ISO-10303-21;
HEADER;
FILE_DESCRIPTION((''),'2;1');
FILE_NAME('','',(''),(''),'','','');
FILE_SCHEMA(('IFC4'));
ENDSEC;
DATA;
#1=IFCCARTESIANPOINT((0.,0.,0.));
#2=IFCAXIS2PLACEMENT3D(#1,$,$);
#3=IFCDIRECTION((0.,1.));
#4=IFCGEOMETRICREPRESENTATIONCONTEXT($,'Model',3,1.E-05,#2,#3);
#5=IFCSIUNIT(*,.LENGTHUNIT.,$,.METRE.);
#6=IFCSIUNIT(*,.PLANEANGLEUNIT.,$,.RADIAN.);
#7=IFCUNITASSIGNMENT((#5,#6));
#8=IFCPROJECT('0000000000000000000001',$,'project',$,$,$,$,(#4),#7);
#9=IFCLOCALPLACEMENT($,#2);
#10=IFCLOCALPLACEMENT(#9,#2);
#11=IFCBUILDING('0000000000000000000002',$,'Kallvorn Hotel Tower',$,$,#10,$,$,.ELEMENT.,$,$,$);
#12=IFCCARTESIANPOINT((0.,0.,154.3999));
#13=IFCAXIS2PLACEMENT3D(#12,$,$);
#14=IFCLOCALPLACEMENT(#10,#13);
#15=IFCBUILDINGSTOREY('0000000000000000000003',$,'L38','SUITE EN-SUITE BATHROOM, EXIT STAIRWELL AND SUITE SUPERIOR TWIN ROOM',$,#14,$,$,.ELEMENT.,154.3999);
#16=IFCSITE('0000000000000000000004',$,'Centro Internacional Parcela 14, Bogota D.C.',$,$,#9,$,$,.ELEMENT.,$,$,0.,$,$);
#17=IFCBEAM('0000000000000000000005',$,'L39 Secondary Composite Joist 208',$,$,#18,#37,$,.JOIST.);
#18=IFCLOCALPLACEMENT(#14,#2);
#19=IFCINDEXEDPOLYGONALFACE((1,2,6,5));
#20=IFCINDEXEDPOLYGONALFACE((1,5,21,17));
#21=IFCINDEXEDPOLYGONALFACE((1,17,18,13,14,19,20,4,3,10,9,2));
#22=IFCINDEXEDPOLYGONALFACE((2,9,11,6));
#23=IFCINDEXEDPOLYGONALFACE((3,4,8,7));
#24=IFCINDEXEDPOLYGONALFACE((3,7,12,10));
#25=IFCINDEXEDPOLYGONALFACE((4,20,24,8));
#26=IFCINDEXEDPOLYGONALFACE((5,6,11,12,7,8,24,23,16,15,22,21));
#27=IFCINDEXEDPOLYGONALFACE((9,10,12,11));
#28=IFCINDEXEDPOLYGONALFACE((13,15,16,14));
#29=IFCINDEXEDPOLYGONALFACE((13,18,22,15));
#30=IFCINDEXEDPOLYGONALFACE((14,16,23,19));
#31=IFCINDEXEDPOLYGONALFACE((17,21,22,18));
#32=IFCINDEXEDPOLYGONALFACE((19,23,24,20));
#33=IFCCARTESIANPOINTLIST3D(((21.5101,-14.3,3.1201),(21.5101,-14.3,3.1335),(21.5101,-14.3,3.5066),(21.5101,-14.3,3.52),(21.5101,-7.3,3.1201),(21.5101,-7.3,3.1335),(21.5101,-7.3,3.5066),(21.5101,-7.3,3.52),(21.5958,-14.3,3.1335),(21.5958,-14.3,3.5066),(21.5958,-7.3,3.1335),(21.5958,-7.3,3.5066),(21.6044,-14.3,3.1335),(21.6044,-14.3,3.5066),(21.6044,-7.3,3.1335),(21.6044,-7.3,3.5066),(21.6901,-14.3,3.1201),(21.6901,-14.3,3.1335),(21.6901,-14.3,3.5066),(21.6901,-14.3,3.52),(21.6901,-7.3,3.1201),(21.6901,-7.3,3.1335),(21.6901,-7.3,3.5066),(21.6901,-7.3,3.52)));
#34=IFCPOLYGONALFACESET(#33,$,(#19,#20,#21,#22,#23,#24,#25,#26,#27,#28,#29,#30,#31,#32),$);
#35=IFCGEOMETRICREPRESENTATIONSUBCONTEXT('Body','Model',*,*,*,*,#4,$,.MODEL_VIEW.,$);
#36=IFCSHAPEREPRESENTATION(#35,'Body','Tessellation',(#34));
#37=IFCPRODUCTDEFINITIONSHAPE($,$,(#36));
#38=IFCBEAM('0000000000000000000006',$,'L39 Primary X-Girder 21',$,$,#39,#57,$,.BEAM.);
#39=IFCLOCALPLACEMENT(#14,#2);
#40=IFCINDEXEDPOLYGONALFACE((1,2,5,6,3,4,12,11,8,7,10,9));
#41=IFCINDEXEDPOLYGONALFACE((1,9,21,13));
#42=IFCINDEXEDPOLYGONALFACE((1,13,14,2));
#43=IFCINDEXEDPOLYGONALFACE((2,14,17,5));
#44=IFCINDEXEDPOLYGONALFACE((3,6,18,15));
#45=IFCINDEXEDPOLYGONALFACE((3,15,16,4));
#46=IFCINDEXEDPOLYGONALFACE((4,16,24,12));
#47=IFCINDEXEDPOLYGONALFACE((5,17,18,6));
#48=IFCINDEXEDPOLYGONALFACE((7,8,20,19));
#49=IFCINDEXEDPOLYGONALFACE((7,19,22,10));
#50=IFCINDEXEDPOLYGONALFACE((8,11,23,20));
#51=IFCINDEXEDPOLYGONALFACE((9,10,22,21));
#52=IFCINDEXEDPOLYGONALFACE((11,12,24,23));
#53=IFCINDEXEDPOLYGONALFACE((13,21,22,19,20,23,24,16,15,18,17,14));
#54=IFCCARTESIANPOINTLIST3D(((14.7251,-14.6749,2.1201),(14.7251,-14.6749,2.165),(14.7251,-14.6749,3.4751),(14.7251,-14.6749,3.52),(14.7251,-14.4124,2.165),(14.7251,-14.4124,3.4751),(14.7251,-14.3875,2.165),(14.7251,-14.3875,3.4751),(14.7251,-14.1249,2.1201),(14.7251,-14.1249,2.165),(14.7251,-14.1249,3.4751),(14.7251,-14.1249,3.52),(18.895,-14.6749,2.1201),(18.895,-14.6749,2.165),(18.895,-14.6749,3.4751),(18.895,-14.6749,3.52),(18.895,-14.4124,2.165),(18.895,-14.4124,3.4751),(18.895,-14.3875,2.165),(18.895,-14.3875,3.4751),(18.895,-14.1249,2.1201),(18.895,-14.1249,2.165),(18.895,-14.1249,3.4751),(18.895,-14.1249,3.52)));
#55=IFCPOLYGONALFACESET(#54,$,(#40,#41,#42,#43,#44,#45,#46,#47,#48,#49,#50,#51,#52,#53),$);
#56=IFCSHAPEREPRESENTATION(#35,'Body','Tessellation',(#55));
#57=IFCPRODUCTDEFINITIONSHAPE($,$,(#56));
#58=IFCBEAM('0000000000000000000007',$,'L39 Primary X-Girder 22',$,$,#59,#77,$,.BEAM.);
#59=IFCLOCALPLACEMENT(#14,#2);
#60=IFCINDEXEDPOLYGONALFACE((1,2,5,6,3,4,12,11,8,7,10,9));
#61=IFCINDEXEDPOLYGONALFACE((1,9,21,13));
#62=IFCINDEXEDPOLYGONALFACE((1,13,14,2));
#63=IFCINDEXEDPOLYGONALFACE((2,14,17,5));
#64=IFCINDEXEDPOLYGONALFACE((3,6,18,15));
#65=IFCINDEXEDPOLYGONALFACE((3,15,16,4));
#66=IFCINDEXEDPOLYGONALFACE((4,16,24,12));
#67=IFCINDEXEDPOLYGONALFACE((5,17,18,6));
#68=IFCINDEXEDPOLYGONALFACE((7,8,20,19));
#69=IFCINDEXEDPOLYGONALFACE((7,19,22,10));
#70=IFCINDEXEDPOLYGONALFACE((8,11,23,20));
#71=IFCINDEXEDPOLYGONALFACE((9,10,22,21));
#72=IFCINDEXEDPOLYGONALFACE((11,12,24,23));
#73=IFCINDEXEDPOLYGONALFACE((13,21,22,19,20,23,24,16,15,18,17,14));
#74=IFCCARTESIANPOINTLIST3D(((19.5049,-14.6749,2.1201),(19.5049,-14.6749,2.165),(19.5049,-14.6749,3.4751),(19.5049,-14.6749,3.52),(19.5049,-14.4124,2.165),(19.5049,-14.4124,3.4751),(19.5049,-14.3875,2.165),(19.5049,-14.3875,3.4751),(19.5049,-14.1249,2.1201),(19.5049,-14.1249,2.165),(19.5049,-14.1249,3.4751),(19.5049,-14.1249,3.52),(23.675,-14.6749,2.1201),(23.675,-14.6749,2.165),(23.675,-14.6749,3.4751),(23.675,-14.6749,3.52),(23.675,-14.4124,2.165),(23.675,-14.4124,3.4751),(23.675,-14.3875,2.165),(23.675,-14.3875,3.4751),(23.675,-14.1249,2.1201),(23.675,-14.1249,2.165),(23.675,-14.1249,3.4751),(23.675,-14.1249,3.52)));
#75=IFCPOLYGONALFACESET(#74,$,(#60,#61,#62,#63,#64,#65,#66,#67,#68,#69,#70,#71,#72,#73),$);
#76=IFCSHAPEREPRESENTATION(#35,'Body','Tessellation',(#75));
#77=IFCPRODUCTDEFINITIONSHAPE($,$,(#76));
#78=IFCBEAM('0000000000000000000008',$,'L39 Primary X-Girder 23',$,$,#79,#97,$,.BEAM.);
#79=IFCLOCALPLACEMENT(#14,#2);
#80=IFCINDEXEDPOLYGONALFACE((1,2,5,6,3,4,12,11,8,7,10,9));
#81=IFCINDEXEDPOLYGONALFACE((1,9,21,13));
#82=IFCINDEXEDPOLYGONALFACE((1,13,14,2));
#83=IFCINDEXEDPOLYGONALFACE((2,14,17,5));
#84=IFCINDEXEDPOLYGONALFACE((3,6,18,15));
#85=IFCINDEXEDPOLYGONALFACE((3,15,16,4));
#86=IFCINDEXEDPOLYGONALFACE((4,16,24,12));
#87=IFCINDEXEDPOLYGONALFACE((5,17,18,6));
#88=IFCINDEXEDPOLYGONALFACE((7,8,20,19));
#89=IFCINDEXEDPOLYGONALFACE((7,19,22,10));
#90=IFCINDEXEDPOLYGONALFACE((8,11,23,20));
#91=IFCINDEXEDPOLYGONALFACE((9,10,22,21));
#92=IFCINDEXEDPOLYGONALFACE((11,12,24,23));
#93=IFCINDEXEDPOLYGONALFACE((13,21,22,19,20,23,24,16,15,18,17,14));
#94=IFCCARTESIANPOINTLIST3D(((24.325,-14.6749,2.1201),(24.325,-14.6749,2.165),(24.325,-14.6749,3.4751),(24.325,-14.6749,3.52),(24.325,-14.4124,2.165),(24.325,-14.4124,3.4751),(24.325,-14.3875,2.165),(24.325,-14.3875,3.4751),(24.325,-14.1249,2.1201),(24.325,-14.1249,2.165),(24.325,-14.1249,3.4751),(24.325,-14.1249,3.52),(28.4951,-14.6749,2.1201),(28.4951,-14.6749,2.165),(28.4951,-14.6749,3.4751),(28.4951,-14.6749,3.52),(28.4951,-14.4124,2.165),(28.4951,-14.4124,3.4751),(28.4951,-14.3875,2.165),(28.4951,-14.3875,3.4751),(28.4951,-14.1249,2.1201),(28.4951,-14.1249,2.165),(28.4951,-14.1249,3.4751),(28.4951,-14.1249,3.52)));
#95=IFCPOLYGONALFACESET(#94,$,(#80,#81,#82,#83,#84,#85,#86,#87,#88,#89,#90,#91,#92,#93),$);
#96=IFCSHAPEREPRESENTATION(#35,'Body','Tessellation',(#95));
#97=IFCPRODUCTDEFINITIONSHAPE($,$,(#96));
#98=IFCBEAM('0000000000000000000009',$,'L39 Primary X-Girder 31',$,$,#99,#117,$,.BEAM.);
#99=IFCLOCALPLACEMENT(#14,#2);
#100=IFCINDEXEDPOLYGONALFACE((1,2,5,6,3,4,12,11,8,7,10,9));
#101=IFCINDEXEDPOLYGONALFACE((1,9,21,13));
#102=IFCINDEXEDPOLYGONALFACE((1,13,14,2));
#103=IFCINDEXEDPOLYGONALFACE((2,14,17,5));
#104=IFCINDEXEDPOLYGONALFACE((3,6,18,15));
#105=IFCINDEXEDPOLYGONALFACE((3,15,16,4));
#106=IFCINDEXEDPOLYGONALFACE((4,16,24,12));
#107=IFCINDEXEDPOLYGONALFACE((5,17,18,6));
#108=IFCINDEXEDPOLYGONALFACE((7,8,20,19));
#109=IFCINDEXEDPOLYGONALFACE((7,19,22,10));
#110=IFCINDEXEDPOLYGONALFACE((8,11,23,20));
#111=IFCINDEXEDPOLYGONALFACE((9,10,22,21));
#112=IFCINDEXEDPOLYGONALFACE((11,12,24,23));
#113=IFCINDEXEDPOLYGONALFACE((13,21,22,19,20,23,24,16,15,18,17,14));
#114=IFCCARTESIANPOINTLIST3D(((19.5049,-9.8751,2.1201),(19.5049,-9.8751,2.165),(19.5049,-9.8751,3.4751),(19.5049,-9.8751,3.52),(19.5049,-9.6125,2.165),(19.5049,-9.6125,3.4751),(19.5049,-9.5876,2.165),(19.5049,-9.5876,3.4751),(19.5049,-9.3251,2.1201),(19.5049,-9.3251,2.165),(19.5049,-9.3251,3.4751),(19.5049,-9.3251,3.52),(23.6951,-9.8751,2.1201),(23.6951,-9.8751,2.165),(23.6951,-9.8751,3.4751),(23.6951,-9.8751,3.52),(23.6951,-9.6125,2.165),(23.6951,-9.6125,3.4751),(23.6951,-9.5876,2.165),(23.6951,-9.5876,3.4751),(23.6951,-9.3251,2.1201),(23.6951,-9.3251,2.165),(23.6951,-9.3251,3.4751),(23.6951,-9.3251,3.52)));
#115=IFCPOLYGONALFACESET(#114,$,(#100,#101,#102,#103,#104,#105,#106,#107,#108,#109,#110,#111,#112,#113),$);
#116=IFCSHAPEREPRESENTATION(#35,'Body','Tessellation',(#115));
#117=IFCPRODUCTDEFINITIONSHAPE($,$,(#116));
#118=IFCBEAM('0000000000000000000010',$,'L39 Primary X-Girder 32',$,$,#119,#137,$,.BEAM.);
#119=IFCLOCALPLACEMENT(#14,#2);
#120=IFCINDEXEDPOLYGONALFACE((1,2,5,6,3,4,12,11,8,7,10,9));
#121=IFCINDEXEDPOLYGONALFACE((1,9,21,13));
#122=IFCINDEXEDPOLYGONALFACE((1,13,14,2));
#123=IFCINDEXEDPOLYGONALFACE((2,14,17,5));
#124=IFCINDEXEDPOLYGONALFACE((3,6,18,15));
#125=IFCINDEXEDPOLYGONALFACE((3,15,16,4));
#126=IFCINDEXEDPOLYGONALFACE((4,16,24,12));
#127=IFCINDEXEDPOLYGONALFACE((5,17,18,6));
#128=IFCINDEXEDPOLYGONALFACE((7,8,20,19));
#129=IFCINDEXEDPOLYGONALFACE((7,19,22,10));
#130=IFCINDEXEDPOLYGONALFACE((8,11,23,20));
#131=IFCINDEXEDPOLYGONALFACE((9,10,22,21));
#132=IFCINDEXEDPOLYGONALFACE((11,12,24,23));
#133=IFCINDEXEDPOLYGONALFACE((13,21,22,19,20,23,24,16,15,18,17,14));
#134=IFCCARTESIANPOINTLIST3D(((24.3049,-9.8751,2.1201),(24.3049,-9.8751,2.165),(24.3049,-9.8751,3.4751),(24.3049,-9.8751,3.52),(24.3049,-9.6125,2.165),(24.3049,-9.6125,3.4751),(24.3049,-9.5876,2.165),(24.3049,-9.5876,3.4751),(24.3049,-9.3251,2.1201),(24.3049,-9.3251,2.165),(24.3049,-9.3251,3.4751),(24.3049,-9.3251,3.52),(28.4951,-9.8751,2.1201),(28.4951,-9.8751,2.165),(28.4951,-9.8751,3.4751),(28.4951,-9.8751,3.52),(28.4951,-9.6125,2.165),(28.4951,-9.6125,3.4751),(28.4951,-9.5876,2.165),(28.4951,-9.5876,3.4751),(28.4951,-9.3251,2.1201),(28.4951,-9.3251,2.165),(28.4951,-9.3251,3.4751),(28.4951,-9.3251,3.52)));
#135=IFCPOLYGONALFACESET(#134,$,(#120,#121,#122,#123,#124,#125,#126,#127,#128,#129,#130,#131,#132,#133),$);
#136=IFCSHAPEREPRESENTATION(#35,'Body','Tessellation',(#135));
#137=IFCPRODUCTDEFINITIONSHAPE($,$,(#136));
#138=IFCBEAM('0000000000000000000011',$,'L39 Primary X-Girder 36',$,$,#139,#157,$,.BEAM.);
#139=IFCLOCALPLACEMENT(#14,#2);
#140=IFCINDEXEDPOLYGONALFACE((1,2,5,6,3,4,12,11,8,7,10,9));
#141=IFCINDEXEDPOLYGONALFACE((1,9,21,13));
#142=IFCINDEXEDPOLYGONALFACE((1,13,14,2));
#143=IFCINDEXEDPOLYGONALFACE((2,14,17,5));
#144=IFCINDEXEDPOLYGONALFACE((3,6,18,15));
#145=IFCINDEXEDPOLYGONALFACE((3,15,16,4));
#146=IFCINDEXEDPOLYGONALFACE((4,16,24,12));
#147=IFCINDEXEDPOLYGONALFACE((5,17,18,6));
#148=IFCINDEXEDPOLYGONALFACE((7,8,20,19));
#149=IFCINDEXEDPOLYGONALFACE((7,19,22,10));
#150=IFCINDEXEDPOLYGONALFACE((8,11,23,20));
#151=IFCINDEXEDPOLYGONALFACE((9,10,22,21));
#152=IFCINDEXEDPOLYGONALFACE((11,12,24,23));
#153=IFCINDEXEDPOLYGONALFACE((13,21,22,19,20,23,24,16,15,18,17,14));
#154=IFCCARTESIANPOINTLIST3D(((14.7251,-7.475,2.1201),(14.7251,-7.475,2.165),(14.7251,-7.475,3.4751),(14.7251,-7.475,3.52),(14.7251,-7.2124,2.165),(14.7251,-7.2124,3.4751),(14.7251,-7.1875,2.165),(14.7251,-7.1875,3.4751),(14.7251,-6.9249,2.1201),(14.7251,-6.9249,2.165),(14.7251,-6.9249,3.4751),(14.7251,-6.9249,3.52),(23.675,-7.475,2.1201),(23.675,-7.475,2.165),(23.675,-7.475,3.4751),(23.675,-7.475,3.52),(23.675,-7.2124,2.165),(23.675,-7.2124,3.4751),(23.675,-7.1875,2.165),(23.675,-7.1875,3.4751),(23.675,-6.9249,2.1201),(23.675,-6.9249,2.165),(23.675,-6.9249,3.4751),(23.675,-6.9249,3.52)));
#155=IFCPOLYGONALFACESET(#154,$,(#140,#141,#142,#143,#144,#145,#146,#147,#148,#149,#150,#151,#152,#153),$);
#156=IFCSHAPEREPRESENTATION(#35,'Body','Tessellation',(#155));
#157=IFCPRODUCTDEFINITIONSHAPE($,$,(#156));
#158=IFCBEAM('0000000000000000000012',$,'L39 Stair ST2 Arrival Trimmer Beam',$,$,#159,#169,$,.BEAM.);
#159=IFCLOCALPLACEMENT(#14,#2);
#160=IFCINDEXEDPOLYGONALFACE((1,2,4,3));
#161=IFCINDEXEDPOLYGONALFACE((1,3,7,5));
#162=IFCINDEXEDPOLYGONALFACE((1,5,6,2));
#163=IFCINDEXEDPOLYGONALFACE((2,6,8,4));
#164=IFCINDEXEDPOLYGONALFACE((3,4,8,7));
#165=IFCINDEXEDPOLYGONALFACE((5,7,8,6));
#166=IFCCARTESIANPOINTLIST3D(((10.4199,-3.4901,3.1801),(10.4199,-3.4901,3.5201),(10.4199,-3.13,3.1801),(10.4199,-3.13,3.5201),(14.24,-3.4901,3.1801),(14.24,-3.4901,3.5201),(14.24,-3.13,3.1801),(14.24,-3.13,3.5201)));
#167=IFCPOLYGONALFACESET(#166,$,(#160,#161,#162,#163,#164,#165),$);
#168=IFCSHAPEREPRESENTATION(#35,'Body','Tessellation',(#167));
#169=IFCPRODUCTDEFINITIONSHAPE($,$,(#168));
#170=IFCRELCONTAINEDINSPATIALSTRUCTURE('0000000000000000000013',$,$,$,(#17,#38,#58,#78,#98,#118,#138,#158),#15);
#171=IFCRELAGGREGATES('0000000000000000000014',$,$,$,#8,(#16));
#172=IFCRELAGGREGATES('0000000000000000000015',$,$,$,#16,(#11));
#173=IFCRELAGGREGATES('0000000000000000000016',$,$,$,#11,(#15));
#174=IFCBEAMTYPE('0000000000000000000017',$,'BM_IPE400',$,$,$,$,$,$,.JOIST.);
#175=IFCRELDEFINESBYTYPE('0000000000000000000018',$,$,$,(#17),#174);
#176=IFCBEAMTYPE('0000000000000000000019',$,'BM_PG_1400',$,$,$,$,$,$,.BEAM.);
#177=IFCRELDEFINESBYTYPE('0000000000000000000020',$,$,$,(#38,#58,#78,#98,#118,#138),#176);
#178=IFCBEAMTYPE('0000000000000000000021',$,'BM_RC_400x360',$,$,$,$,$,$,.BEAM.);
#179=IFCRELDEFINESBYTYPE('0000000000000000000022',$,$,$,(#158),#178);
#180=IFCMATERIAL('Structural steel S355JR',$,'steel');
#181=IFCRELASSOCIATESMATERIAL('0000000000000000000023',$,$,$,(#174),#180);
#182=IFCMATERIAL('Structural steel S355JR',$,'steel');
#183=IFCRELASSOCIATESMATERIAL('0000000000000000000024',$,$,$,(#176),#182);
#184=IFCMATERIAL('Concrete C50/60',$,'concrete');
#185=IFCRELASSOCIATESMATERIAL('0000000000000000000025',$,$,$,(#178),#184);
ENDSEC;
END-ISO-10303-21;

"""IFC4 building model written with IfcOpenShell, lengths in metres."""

from ifc_helpers import new_model, si_unit, direction, frame, origin, origin_2d, place, context, subcontext, project, spatial, rectangle, i_section, extrude, material, material_profile, profile_set, type_object, element, save


model = new_model("IFC4")

# Units and contexts
model_context = context("Model", 3, precision=1e-05, world=origin(), true_north=direction((0.0, 1.0)))
body_context = subcontext(model_context, "Body", "Model", "MODEL_VIEW")
ifc_project = project(units=[si_unit("LENGTHUNIT", "METRE"), si_unit("PLANEANGLEUNIT", "RADIAN")], contexts=[model_context])

# Site, building, storey
site_placement = place(None, origin())
site = spatial("IfcSite", under=ifc_project, at=site_placement, Name="Centro Internacional Parcela 14, Bogota D.C.", CompositionType="ELEMENT", RefElevation=0.0)
building_placement = place(site_placement, origin())
building = spatial("IfcBuilding", under=site, at=building_placement, Name="Kallvorn Hotel Tower", CompositionType="ELEMENT")
storey_placement = place(building_placement, frame((0.0, 0.0, 154.3999)))
storey = spatial("IfcBuildingStorey", under=building, at=storey_placement, Name="L38", Description="SUITE EN-SUITE BATHROOM, EXIT STAIRWELL AND SUITE SUPERIOR TWIN ROOM", CompositionType="ELEMENT", Elevation=154.3999)

# Beams
ifc_material_1 = material(Name="Structural steel S355JR", Category="steel")
ifc_material_profile_1 = material_profile(ifc_material_1, i_section(OverallWidth=0.1799, OverallDepth=0.3999, WebThickness=0.0085, FlangeThickness=0.0134, at=origin_2d()), Name="IPE 400")
ifc_profile_set_1 = profile_set([ifc_material_profile_1], Name="Structural steel S355JR")
beam_type_1 = type_object("IfcBeamType", Name="BM_IPE400", PredefinedType="JOIST", material=ifc_profile_set_1)
for number, where, z_axis, x_axis, name in (
    (1, (21.6001, -14.3, 3.3201), (0.0, 1.0, 0.0), (-1.0, 0.0, 0.0), "L39 Secondary Composite Joist 208"),
):
    element("IfcBeam", number, at=place(storey_placement, frame(where, z_axis=z_axis, x_axis=x_axis)), inside=storey, type_object=beam_type_1, Name=name, PredefinedType="JOIST", context=body_context, shape_type="SweptSolid", body=[
        extrude(i_section(OverallWidth=0.1799, OverallDepth=0.3999, WebThickness=0.0085, FlangeThickness=0.0134, at=origin_2d()), origin(), (0.0, 0.0, 1.0), 7.0),
    ])
ifc_material_2 = material(Name="Structural steel S355JR", Category="steel")
ifc_material_profile_2 = material_profile(ifc_material_2, i_section(OverallWidth=0.55, OverallDepth=1.3999, WebThickness=0.0249, FlangeThickness=0.0449, at=origin_2d()), Name="PG 1400x550x25x45")
ifc_profile_set_2 = profile_set([ifc_material_profile_2], Name="Structural steel S355JR")
beam_type_2 = type_object("IfcBeamType", Name="BM_PG_1400", PredefinedType="BEAM", material=ifc_profile_set_2)
beam_1_placement = place(storey_placement, frame((14.7251, -14.3999, 2.8201), z_axis=(1.0, 0.0, 0.0), x_axis=(0.0, 1.0, 0.0)))
element("IfcBeam", 2, at=beam_1_placement, inside=storey, type_object=beam_type_2, Name="L39 Primary X-Girder 21", PredefinedType="BEAM", context=body_context, shape_type="SweptSolid", body=[
    extrude(i_section(OverallWidth=0.55, OverallDepth=1.3999, WebThickness=0.0249, FlangeThickness=0.0449, at=origin_2d()), origin(), (0.0, 0.0, 1.0), 4.1699),
])
for number, where, z_axis, x_axis, name in (
    (3, (19.5049, -14.3999, 2.8201), (1.0, 0.0, 0.0), (0.0, 1.0, 0.0), "L39 Primary X-Girder 22"),
    (4, (24.325, -14.3999, 2.8201), (1.0, 0.0, 0.0), (0.0, 1.0, 0.0), "L39 Primary X-Girder 23"),
):
    element("IfcBeam", number, at=place(storey_placement, frame(where, z_axis=z_axis, x_axis=x_axis)), inside=storey, type_object=beam_type_2, Name=name, PredefinedType="BEAM", context=body_context, shape_type="SweptSolid", body=[
        extrude(i_section(OverallWidth=0.55, OverallDepth=1.3999, WebThickness=0.0249, FlangeThickness=0.0449, at=origin_2d()), origin(), (0.0, 0.0, 1.0), 4.1702),
    ])
for number, where, z_axis, x_axis, name in (
    (5, (19.5049, -9.6001, 2.8201), (1.0, 0.0, 0.0), (0.0, 1.0, 0.0), "L39 Primary X-Girder 31"),
    (6, (24.3049, -9.6001, 2.8201), (1.0, 0.0, 0.0), (0.0, 1.0, 0.0), "L39 Primary X-Girder 32"),
):
    element("IfcBeam", number, at=place(storey_placement, frame(where, z_axis=z_axis, x_axis=x_axis)), inside=storey, type_object=beam_type_2, Name=name, PredefinedType="BEAM", context=body_context, shape_type="SweptSolid", body=[
        extrude(i_section(OverallWidth=0.55, OverallDepth=1.3999, WebThickness=0.0249, FlangeThickness=0.0449, at=origin_2d()), origin(), (0.0, 0.0, 1.0), 4.1902),
    ])
beam_2_placement = place(storey_placement, frame((14.7251, -7.2, 2.8201), z_axis=(1.0, 0.0, 0.0), x_axis=(0.0, 1.0, 0.0)))
element("IfcBeam", 7, at=beam_2_placement, inside=storey, type_object=beam_type_2, Name="L39 Primary X-Girder 36", PredefinedType="BEAM", context=body_context, shape_type="SweptSolid", body=[
    extrude(i_section(OverallWidth=0.55, OverallDepth=1.3999, WebThickness=0.0249, FlangeThickness=0.0449, at=origin_2d()), origin(), (0.0, 0.0, 1.0), 8.95),
])
ifc_material_3 = material(Name="Concrete C50/60", Category="concrete")
ifc_material_profile_3 = material_profile(ifc_material_3, rectangle(XDim=0.3601, YDim=0.3401, at=origin_2d()), Name="RC 360x340")
ifc_profile_set_3 = profile_set([ifc_material_profile_3], Name="Concrete C50/60")
beam_type_3 = type_object("IfcBeamType", Name="BM_RC_400x360", PredefinedType="BEAM", material=ifc_profile_set_3)
beam_3_placement = place(storey_placement, frame((14.24, -3.3101, 3.3501), z_axis=(-1.0, 0.0, 0.0), x_axis=(0.0, -1.0, 0.0)))
element("IfcBeam", 8, at=beam_3_placement, inside=storey, type_object=beam_type_3, Name="L39 Stair ST2 Arrival Trimmer Beam", PredefinedType="BEAM", context=body_context, shape_type="SweptSolid", body=[
    extrude(rectangle(XDim=0.3601, YDim=0.3401, at=origin_2d()), origin(), (0.0, 0.0, 1.0), 3.8201),
])

save(model, "model.ifc")
